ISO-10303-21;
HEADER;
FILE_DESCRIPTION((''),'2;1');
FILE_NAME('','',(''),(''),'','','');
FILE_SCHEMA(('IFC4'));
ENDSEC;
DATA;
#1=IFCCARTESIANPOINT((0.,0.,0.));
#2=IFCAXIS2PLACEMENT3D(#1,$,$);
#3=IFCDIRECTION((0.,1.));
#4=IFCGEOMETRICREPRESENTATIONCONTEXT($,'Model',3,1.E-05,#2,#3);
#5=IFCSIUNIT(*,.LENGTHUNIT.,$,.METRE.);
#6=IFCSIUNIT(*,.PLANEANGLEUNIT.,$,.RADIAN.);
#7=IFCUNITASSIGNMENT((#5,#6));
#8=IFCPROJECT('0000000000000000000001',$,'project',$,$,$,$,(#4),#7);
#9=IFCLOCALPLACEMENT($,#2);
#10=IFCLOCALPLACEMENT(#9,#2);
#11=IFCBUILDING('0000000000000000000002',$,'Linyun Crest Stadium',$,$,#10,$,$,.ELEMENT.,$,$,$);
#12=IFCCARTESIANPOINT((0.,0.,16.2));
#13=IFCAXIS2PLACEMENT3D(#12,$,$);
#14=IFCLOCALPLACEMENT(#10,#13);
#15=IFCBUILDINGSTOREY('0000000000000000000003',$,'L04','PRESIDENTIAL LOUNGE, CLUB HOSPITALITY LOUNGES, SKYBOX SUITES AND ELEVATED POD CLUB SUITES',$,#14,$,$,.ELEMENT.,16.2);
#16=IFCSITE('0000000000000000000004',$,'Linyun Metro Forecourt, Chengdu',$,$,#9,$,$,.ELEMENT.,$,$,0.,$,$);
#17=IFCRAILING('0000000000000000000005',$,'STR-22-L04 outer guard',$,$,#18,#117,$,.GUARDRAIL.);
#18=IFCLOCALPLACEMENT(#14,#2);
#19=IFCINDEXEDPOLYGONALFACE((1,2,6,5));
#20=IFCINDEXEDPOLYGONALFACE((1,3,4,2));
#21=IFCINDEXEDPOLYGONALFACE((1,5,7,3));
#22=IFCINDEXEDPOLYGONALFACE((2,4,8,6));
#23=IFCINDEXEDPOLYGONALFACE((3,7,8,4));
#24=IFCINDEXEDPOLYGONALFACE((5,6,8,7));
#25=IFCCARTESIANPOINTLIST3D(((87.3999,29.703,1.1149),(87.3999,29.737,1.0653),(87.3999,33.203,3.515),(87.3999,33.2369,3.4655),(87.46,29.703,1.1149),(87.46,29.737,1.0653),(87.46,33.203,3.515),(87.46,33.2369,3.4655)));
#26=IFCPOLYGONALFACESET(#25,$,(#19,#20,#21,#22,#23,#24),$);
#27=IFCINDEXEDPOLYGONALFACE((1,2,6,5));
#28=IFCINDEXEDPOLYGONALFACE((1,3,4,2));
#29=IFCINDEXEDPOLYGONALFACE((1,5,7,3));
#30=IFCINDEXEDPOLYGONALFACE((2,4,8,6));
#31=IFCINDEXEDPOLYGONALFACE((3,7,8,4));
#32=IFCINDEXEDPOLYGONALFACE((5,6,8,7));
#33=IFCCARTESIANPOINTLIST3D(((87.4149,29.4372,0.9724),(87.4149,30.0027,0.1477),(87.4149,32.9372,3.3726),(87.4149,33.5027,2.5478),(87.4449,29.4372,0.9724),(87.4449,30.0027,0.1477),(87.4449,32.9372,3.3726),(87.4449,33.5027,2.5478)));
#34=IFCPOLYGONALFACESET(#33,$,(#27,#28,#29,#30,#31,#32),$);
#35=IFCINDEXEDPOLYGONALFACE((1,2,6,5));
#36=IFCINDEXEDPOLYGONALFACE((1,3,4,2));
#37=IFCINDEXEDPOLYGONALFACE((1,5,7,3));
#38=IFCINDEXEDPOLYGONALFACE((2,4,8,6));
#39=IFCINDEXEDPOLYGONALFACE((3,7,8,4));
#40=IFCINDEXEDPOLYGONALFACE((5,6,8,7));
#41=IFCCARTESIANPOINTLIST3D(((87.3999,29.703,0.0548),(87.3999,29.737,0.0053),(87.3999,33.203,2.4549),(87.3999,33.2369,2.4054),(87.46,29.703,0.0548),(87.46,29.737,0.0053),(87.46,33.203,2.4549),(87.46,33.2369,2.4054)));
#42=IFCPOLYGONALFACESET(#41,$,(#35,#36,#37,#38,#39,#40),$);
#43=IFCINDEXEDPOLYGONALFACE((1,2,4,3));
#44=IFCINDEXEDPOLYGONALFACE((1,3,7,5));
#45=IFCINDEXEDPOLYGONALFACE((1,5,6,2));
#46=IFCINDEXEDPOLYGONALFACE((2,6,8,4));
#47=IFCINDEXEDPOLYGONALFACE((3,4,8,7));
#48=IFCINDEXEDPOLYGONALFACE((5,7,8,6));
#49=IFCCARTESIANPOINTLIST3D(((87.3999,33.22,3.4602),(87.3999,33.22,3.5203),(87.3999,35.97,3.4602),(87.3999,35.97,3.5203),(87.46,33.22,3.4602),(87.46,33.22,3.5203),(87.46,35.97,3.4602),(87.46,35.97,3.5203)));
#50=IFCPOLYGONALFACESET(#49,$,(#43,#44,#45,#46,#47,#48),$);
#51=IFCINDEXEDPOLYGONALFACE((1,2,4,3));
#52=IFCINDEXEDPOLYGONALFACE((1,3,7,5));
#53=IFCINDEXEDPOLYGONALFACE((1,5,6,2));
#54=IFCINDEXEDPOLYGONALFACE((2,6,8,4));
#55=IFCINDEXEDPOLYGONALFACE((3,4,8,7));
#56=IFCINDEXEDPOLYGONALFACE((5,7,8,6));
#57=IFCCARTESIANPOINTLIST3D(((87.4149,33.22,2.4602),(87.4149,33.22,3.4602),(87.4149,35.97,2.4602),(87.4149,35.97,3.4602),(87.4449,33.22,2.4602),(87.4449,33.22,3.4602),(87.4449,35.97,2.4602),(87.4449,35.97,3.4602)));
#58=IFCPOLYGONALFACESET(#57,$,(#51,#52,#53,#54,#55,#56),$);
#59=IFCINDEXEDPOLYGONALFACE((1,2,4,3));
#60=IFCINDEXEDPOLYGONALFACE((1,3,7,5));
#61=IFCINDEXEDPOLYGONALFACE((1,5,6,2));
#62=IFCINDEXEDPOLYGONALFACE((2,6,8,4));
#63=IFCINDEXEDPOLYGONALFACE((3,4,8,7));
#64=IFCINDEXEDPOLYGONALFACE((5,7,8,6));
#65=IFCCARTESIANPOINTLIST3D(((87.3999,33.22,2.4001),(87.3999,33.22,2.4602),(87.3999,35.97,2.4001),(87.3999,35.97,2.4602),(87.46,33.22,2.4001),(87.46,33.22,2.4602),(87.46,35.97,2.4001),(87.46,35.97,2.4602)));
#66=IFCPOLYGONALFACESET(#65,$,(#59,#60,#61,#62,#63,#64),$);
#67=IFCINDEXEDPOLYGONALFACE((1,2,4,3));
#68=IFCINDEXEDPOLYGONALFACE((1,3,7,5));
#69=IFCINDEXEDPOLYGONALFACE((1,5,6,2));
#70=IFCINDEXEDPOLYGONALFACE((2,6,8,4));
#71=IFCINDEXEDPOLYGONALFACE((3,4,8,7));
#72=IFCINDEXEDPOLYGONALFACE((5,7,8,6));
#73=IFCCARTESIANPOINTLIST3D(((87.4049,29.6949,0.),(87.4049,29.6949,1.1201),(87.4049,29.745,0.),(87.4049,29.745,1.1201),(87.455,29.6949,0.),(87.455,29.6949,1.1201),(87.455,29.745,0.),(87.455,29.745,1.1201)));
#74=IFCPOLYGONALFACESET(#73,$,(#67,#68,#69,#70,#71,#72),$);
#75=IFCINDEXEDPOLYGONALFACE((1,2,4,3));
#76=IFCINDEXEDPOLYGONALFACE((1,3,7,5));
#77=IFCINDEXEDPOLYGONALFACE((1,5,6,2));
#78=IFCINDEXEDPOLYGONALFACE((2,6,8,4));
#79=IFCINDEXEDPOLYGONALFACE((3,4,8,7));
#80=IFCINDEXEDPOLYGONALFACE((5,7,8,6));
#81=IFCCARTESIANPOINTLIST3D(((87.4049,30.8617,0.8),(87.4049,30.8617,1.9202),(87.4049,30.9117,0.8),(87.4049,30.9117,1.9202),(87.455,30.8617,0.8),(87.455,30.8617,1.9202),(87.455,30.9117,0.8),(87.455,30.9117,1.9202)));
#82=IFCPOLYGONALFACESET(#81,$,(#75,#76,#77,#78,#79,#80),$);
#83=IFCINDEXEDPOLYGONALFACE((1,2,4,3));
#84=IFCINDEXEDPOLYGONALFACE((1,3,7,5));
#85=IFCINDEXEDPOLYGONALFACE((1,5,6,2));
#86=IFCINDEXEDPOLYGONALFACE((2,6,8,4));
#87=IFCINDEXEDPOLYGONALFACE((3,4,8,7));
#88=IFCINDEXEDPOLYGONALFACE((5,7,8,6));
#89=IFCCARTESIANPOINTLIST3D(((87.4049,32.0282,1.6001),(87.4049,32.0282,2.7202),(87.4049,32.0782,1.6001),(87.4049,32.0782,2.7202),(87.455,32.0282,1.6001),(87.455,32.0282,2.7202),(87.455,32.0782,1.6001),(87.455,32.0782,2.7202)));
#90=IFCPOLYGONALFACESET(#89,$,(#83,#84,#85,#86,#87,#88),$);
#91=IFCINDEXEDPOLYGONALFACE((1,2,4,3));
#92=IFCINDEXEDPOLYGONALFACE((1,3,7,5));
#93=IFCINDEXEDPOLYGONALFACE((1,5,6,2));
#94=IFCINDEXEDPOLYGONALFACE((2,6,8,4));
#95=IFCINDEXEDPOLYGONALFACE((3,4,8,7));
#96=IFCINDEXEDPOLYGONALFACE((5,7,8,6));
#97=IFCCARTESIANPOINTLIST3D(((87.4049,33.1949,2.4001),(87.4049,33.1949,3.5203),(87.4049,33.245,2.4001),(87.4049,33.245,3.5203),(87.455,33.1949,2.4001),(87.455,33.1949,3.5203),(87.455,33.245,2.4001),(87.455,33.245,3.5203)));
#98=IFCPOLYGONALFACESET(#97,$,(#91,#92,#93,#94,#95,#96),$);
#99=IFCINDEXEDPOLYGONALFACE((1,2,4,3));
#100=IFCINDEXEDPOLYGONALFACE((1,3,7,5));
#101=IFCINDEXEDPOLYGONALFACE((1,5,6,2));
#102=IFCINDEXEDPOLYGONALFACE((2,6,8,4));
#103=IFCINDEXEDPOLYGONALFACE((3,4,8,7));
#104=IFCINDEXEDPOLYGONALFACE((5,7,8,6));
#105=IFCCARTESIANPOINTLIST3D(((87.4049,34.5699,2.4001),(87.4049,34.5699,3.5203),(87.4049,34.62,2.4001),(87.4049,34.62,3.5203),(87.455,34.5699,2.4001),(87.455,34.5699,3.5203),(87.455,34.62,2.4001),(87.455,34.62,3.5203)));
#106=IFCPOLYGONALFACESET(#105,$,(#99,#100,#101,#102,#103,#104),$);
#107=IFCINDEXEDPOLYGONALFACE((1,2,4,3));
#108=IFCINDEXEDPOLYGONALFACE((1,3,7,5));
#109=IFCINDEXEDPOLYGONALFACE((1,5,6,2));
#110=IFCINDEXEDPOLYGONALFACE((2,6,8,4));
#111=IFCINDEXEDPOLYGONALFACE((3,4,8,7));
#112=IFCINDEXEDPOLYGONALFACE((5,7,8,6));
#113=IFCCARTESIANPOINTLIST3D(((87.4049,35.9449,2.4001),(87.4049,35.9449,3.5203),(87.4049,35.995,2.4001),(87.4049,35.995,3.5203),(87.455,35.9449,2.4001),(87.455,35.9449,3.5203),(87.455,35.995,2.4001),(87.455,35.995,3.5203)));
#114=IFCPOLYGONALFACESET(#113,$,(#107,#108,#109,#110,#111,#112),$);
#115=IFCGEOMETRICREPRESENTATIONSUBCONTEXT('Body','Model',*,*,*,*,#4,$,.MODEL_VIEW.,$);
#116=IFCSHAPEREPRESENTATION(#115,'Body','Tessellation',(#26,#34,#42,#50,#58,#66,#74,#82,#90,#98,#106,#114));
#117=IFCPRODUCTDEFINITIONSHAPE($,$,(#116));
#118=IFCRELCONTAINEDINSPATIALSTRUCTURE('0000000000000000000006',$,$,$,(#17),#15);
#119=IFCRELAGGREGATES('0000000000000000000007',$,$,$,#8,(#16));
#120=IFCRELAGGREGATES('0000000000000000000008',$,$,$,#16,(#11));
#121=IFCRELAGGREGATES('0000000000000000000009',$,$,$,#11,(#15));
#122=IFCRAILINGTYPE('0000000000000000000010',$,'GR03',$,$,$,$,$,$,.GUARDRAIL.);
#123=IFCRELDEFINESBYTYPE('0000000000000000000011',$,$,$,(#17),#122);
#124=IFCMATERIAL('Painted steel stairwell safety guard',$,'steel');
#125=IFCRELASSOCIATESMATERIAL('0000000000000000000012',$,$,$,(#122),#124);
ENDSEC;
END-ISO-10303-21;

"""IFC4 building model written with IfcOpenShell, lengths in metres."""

from ifc_helpers import new_model, si_unit, direction, frame, origin, origin_2d, place, context, subcontext, project, spatial, rectangle, extrude, material, type_object, element, save


model = new_model("IFC4")

# Units and contexts
model_context = context("Model", 3, precision=1e-05, world=origin(), true_north=direction((0.0, 1.0)))
body_context = subcontext(model_context, "Body", "Model", "MODEL_VIEW")
ifc_project = project(units=[si_unit("LENGTHUNIT", "METRE"), si_unit("PLANEANGLEUNIT", "RADIAN")], contexts=[model_context])

# Site, building, storey
site_placement = place(None, origin())
site = spatial("IfcSite", under=ifc_project, at=site_placement, Name="Linyun Metro Forecourt, Chengdu", CompositionType="ELEMENT", RefElevation=0.0)
building_placement = place(site_placement, origin())
building = spatial("IfcBuilding", under=site, at=building_placement, Name="Linyun Crest Stadium", CompositionType="ELEMENT")
storey_placement = place(building_placement, frame((0.0, 0.0, 16.2)))
storey = spatial("IfcBuildingStorey", under=building, at=storey_placement, Name="L04", Description="PRESIDENTIAL LOUNGE, CLUB HOSPITALITY LOUNGES, SKYBOX SUITES AND ELEVATED POD CLUB SUITES", CompositionType="ELEMENT", Elevation=16.2)

# Railing
ifc_material_1 = material(Name="Painted steel stairwell safety guard", Category="steel")
railing_type_1 = type_object("IfcRailingType", Name="GR03", PredefinedType="GUARDRAIL", material=ifc_material_1)
railing_1_placement = place(storey_placement, frame((87.4299, 29.72, 0.0)))
element("IfcRailing", 1, at=railing_1_placement, inside=storey, type_object=railing_type_1, Name="STR-22-L04 outer guard", PredefinedType="GUARDRAIL", context=body_context, shape_type="SweptSolid", body=[
    extrude(rectangle(XDim=0.0601, YDim=0.0601, at=origin_2d()), frame((0.0, 0.0, 1.0901), z_axis=(0.0, 0.824713, 0.565552), x_axis=(-1.0, 0.0, 0.0)), (0.0, 0.0, 1.0), 4.2439),
    extrude(rectangle(XDim=0.03, YDim=1.0, at=origin_2d()), frame((0.0, 0.0, 0.5601), z_axis=(0.0, 0.824713, 0.565552), x_axis=(-1.0, 0.0, 0.0)), (0.0, 0.0, 1.0), 4.2439),
    extrude(rectangle(XDim=0.0601, YDim=0.0601, at=origin_2d()), frame((0.0, 0.0, 0.03), z_axis=(0.0, 0.824713, 0.565552), x_axis=(-1.0, 0.0, 0.0)), (0.0, 0.0, 1.0), 4.2439),
    extrude(rectangle(XDim=0.0601, YDim=0.0601, at=origin_2d()), frame((0.0, 3.5, 3.4902), z_axis=(0.0, 1.0, 0.0), x_axis=(-1.0, 0.0, 0.0)), (0.0, 0.0, 1.0), 2.75),
    extrude(rectangle(XDim=0.03, YDim=1.0, at=origin_2d()), frame((0.0, 3.5, 2.9602), z_axis=(0.0, 1.0, 0.0), x_axis=(-1.0, 0.0, 0.0)), (0.0, 0.0, 1.0), 2.75),
    extrude(rectangle(XDim=0.0601, YDim=0.0601, at=origin_2d()), frame((0.0, 3.5, 2.4302), z_axis=(0.0, 1.0, 0.0), x_axis=(-1.0, 0.0, 0.0)), (0.0, 0.0, 1.0), 2.75),
    extrude(rectangle(XDim=0.05, YDim=0.05, at=origin_2d()), origin(), (0.0, 0.0, 1.0), 1.1201),
    extrude(rectangle(XDim=0.05, YDim=0.05, at=origin_2d()), frame((0.0, 1.1667, 0.8)), (0.0, 0.0, 1.0), 1.1201),
    extrude(rectangle(XDim=0.05, YDim=0.05, at=origin_2d()), frame((0.0, 2.3333, 1.6001)), (0.0, 0.0, 1.0), 1.1201),
    extrude(rectangle(XDim=0.05, YDim=0.05, at=origin_2d()), frame((0.0, 3.5, 2.4001)), (0.0, 0.0, 1.0), 1.1201),
    extrude(rectangle(XDim=0.05, YDim=0.05, at=origin_2d()), frame((0.0, 4.875, 2.4001)), (0.0, 0.0, 1.0), 1.1201),
    extrude(rectangle(XDim=0.05, YDim=0.05, at=origin_2d()), frame((0.0, 6.25, 2.4001)), (0.0, 0.0, 1.0), 1.1201),
])

save(model, "model.ifc")
